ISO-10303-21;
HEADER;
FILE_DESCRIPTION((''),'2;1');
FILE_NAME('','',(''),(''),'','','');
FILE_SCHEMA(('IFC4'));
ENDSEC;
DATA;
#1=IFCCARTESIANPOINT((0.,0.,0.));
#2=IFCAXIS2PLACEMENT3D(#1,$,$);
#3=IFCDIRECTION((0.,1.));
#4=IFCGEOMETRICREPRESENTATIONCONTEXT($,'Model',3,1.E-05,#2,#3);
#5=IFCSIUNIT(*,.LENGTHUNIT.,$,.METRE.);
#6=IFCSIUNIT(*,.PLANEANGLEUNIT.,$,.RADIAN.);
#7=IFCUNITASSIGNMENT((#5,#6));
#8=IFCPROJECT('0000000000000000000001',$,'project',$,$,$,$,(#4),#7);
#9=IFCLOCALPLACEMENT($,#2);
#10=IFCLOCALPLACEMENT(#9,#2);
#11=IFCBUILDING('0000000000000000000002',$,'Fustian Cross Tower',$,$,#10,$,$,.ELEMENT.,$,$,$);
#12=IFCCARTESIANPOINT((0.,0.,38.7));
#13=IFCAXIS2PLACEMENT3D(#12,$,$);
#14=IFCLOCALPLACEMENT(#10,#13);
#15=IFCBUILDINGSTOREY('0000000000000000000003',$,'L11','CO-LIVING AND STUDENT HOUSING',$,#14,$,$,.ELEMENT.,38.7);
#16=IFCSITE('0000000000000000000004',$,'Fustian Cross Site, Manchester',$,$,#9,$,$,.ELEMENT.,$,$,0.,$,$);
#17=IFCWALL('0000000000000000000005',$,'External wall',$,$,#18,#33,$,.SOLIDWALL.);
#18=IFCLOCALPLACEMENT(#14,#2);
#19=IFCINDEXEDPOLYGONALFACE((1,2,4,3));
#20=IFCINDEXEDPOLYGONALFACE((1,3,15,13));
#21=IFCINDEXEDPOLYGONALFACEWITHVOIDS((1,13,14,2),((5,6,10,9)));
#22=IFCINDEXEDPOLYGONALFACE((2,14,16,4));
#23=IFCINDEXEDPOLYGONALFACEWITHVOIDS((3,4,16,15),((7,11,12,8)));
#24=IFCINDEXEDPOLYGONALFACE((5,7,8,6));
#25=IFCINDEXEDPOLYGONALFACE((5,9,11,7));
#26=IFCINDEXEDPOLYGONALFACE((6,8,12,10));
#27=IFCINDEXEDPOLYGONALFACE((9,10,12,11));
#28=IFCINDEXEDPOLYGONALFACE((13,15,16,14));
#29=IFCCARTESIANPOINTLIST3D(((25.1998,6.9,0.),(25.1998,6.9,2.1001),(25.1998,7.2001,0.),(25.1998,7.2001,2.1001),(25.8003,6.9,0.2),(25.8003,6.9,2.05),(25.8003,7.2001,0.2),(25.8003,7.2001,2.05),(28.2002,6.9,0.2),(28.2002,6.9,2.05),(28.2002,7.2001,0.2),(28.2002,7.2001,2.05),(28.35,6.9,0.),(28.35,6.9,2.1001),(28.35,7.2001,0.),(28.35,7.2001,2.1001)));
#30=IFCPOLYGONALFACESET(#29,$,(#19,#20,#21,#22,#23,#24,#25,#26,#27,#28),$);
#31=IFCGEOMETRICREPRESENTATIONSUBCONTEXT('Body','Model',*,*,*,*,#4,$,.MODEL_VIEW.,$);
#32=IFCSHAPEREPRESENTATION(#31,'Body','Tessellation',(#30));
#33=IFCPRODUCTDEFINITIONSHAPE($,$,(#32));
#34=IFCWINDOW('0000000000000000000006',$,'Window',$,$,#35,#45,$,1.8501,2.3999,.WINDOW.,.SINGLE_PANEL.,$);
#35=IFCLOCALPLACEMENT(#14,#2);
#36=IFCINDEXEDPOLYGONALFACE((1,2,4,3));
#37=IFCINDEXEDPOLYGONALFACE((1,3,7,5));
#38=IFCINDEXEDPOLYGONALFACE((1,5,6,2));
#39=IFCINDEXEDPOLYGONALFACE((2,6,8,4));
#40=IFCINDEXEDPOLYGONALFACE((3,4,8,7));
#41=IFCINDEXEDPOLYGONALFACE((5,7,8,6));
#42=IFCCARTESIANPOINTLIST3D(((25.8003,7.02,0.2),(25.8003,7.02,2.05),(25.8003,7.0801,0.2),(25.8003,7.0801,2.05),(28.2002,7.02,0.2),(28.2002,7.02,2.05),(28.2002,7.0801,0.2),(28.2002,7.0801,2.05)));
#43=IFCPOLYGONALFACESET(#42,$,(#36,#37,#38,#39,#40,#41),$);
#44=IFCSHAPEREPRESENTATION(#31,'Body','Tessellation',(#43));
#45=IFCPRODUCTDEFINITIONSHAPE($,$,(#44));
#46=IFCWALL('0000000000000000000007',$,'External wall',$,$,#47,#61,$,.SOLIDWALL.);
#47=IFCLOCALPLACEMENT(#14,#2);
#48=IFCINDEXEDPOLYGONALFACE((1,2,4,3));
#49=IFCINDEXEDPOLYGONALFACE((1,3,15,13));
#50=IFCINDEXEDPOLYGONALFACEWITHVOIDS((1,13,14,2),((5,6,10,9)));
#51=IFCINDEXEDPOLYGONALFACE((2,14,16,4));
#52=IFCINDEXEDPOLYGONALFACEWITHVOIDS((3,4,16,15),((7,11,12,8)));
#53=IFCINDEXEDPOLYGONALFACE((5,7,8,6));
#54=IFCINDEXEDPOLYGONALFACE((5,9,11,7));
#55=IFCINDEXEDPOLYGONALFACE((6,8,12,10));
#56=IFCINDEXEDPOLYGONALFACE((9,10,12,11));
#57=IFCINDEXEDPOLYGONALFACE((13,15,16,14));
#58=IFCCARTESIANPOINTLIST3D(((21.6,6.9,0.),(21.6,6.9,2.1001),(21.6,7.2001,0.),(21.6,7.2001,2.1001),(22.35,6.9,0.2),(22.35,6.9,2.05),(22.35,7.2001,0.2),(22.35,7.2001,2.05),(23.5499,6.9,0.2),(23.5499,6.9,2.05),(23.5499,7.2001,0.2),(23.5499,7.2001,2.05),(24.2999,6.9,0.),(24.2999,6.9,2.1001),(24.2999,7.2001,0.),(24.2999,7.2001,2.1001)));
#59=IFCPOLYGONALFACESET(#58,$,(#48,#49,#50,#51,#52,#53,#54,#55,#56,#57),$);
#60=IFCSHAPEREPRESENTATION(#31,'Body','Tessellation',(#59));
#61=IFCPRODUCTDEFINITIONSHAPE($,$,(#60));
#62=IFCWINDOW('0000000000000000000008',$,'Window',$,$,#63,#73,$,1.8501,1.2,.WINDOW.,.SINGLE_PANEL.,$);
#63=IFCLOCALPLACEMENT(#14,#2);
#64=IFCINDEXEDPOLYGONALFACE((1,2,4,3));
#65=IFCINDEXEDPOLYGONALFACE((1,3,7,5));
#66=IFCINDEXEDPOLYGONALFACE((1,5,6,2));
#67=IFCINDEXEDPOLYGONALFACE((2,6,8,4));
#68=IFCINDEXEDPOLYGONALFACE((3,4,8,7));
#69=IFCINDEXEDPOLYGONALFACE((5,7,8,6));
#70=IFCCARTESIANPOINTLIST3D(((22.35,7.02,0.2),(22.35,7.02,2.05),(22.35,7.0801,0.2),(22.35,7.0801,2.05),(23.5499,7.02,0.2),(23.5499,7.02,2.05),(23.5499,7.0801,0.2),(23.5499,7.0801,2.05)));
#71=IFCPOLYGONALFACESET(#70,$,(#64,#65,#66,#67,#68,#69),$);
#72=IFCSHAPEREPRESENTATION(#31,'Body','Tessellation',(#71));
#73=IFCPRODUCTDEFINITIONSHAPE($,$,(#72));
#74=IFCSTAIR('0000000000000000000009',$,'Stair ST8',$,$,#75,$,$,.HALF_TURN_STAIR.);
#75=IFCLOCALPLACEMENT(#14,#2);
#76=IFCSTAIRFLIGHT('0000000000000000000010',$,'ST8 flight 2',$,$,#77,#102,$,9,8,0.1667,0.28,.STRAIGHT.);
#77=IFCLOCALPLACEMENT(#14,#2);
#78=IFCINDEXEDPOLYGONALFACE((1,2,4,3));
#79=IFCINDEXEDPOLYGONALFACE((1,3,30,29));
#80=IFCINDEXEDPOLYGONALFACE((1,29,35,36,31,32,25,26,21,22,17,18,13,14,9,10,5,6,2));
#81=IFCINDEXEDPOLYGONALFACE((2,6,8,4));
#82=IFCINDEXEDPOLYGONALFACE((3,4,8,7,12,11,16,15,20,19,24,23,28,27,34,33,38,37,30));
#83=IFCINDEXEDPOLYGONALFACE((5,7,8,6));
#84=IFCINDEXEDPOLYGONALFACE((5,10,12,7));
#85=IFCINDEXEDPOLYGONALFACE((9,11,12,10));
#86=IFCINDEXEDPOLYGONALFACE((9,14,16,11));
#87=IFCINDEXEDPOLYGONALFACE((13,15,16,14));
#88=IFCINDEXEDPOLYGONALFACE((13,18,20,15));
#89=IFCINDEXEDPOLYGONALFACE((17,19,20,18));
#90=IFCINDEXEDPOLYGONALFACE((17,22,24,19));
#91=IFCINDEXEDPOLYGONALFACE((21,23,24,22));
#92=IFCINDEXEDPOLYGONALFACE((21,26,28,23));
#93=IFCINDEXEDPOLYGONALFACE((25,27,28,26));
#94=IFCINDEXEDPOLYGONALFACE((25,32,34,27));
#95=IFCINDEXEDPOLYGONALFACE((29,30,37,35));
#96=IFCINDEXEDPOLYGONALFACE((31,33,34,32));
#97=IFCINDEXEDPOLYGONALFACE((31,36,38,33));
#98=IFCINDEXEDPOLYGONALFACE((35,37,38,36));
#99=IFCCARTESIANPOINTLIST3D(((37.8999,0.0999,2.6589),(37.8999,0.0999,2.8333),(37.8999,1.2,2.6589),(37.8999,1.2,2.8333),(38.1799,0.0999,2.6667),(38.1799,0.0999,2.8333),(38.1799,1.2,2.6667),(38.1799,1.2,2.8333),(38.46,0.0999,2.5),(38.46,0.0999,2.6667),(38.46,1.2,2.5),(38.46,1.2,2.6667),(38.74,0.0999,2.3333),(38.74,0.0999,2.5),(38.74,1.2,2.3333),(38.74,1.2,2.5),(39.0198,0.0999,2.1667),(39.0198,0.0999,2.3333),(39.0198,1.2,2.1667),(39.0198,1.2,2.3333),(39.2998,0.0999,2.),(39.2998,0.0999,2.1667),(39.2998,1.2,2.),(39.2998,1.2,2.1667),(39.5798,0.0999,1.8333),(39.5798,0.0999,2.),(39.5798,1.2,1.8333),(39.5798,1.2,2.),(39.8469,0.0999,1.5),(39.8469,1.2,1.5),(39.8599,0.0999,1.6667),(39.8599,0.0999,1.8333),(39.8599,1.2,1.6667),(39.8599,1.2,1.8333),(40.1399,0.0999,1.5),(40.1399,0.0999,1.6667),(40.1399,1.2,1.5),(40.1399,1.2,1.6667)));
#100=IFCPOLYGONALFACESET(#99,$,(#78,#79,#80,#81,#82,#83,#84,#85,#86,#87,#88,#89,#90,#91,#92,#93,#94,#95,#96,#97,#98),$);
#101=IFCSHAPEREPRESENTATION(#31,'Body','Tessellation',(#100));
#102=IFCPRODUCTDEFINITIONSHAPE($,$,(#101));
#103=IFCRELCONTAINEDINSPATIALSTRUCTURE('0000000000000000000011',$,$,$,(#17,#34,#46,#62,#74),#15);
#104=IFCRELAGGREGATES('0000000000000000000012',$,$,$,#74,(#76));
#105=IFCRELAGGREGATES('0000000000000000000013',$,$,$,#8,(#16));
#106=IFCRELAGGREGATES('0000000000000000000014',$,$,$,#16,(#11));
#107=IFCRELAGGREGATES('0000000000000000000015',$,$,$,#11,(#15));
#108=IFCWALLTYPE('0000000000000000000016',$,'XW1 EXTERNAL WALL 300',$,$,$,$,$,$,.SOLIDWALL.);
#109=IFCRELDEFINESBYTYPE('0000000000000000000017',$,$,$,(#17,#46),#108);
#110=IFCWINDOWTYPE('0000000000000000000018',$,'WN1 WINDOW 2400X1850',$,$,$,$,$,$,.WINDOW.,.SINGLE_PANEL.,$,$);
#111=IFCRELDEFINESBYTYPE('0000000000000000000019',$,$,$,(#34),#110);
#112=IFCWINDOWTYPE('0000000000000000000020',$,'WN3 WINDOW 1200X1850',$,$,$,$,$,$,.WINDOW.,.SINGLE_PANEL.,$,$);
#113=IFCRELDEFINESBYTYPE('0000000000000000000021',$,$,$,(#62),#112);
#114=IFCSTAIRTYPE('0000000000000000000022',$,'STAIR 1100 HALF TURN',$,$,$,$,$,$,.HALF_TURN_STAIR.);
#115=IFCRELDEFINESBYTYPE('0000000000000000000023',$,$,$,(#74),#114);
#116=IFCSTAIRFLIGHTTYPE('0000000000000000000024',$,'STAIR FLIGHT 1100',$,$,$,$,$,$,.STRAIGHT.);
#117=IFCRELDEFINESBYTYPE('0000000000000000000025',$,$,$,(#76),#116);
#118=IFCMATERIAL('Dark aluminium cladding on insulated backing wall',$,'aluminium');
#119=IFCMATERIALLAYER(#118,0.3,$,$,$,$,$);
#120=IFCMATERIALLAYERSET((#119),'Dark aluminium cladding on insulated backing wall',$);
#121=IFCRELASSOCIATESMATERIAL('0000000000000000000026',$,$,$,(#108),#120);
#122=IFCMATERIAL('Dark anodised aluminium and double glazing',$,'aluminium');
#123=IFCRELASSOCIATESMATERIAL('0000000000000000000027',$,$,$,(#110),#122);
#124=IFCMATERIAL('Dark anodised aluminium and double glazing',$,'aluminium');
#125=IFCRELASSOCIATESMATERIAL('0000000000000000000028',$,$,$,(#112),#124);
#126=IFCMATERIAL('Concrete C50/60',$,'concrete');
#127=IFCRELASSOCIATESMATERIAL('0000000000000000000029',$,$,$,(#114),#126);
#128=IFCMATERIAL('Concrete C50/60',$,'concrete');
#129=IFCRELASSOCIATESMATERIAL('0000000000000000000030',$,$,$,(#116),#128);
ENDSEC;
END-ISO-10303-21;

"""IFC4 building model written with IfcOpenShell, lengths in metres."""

from ifc_helpers import new_model, si_unit, direction, frame, frame_2d, origin, place, context, subcontext, project, spatial, polyline, rectangle, outline, extrude, material, layer, layer_set, type_object, element, fill, aggregate, save


model = new_model("IFC4")

# Units and contexts
model_context = context("Model", 3, precision=1e-05, world=origin(), true_north=direction((0.0, 1.0)))
body_context = subcontext(model_context, "Body", "Model", "MODEL_VIEW")
ifc_project = project(units=[si_unit("LENGTHUNIT", "METRE"), si_unit("PLANEANGLEUNIT", "RADIAN")], contexts=[model_context])

# Site, building, storey
site_placement = place(None, origin())
site = spatial("IfcSite", under=ifc_project, at=site_placement, Name="Fustian Cross Site, Manchester", CompositionType="ELEMENT", RefElevation=0.0)
building_placement = place(site_placement, origin())
building = spatial("IfcBuilding", under=site, at=building_placement, Name="Fustian Cross Tower", CompositionType="ELEMENT")
storey_placement = place(building_placement, frame((0.0, 0.0, 38.7)))
storey = spatial("IfcBuildingStorey", under=building, at=storey_placement, Name="L11", Description="CO-LIVING AND STUDENT HOUSING", CompositionType="ELEMENT", Elevation=38.7)

# Shared definitions
ifc_material_1 = material(Name="Dark aluminium cladding on insulated backing wall", Category="aluminium")
ifc_layer_1 = layer(ifc_material_1, 0.3)
ifc_layer_set_1 = layer_set([ifc_layer_1], Name="Dark aluminium cladding on insulated backing wall")
wall_type_1 = type_object("IfcWallType", Name="XW1 EXTERNAL WALL 300", PredefinedType="SOLIDWALL", material=ifc_layer_set_1)

# Walls, openings, windows
ifc_material_2 = material(Name="Dark anodised aluminium and double glazing", Category="aluminium")
window_type_1 = type_object("IfcWindowType", Name="WN1 WINDOW 2400X1850", PartitioningType="SINGLE_PANEL", PredefinedType="WINDOW", material=ifc_material_2)
wall_1_placement = place(storey_placement, frame((28.3501, 7.05, 0.0), z_axis=(0.0, 0.0, 1.0), x_axis=(-1.0, 0.0, 0.0)))
wall_1 = element("IfcWall", 1, at=wall_1_placement, inside=storey, type_object=wall_type_1, Name="External wall", PredefinedType="SOLIDWALL", context=body_context, shape_type="SweptSolid", body=[
    extrude(rectangle(XDim=3.1501, YDim=0.3, at=frame_2d((1.5752, 0.0))), origin(), (0.0, 0.0, 1.0), 2.1001),
])
opening_1_placement = place(wall_1_placement, frame((0.1499, 0.0, 0.2)))
opening_1 = element("IfcOpeningElement", 2, at=opening_1_placement, cuts=wall_1, PredefinedType="OPENING", context=body_context, shape_type="SweptSolid", body=[
    extrude(rectangle(XDim=2.3999, YDim=1.8501, at=frame_2d((1.2, 0.925))), frame((0.0, 0.1599, 0.0), z_axis=(0.0, -1.0, 0.0), x_axis=(1.0, 0.0, 0.0)), (0.0, 0.0, 1.0), 0.3201),
])
window_1_placement = place(opening_1_placement, origin())
window_1 = element("IfcWindow", 3, at=window_1_placement, inside=storey, type_object=window_type_1, Name="Window", OverallHeight=1.8501, OverallWidth=2.3999, PartitioningType="SINGLE_PANEL", PredefinedType="WINDOW", context=body_context, shape_type="SweptSolid", body=[
    extrude(rectangle(XDim=2.3999, YDim=1.8501, at=frame_2d((1.2, 0.925))), frame((0.0, 0.03, 0.0), z_axis=(0.0, -1.0, 0.0), x_axis=(1.0, 0.0, 0.0)), (0.0, 0.0, 1.0), 0.0601),
])
fill(opening_1, window_1)
wall_2_placement = place(storey_placement, frame((24.3, 7.05, 0.0), z_axis=(0.0, 0.0, 1.0), x_axis=(-1.0, 0.0, 0.0)))
wall_2 = element("IfcWall", 4, at=wall_2_placement, inside=storey, type_object=wall_type_1, Name="External wall", PredefinedType="SOLIDWALL", context=body_context, shape_type="SweptSolid", body=[
    extrude(rectangle(XDim=2.7, YDim=0.3, at=frame_2d((1.3501, 0.0))), origin(), (0.0, 0.0, 1.0), 2.1001),
])
opening_2_placement = place(wall_2_placement, frame((0.75, 0.0, 0.2)))
opening_2 = element("IfcOpeningElement", 5, at=opening_2_placement, cuts=wall_2, PredefinedType="OPENING", context=body_context, shape_type="SweptSolid", body=[
    extrude(rectangle(XDim=1.2, YDim=1.8501, at=frame_2d((0.6001, 0.925))), frame((0.0, 0.1599, 0.0), z_axis=(0.0, -1.0, 0.0), x_axis=(1.0, 0.0, 0.0)), (0.0, 0.0, 1.0), 0.3201),
])
ifc_material_3 = material(Name="Dark anodised aluminium and double glazing", Category="aluminium")
window_type_2 = type_object("IfcWindowType", Name="WN3 WINDOW 1200X1850", PartitioningType="SINGLE_PANEL", PredefinedType="WINDOW", material=ifc_material_3)
window_2_placement = place(opening_2_placement, origin())
window_2 = element("IfcWindow", 6, at=window_2_placement, inside=storey, type_object=window_type_2, Name="Window", OverallHeight=1.8501, OverallWidth=1.2, PartitioningType="SINGLE_PANEL", PredefinedType="WINDOW", context=body_context, shape_type="SweptSolid", body=[
    extrude(rectangle(XDim=1.2, YDim=1.8501, at=frame_2d((0.6001, 0.925))), frame((0.0, 0.03, 0.0), z_axis=(0.0, -1.0, 0.0), x_axis=(1.0, 0.0, 0.0)), (0.0, 0.0, 1.0), 0.0601),
])
fill(opening_2, window_2)

# Stair, stair flight
ifc_material_4 = material(Name="Concrete C50/60", Category="concrete")
stair_type = type_object("IfcStairType", Name="STAIR 1100 HALF TURN", PredefinedType="HALF_TURN_STAIR", material=ifc_material_4)
stair_placement = place(storey_placement, origin())
stair = element("IfcStair", 7, at=stair_placement, inside=storey, type_object=stair_type, Name="Stair ST8", PredefinedType="HALF_TURN_STAIR")
ifc_material_5 = material(Name="Concrete C50/60", Category="concrete")
stair_flight_type = type_object("IfcStairFlightType", Name="STAIR FLIGHT 1100", PredefinedType="STRAIGHT", material=ifc_material_5)
stair_flight_placement = place(storey_placement, frame((40.1399, 0.6499, 1.5), z_axis=(0.0, 0.0, 1.0), x_axis=(-1.0, 0.0, 0.0)))
stair_flight = element("IfcStairFlight", 8, at=stair_flight_placement, type_object=stair_flight_type, Name="ST8 flight 2", NumberOfRisers=9, NumberOfTreads=8, PredefinedType="STRAIGHT", RiserHeight=0.1667, TreadLength=0.28, context=body_context, shape_type="SweptSolid", body=[
    extrude(outline(polyline([(0.0, 0.0), (0.0, 0.1667), (0.28, 0.1667), (0.28, 0.3333), (0.5601, 0.3333), (0.5601, 0.5), (0.8401, 0.5), (0.8401, 0.6667), (1.1201, 0.6667), (1.1201, 0.8333), (1.3999, 0.8333), (1.3999, 1.0), (1.6799, 1.0), (1.6799, 1.1667), (1.96, 1.1667), (1.96, 1.3333), (2.24, 1.3333), (2.24, 1.5), (2.24, 1.1589), (0.293, 0.0), (0.0, 0.0)])), frame((0.0, 0.55, 0.0), z_axis=(0.0, -1.0, 0.0), x_axis=(1.0, 0.0, 0.0)), (0.0, 0.0, 1.0), 1.1001),
])
aggregate(stair, [stair_flight])

save(model, "model.ifc")
